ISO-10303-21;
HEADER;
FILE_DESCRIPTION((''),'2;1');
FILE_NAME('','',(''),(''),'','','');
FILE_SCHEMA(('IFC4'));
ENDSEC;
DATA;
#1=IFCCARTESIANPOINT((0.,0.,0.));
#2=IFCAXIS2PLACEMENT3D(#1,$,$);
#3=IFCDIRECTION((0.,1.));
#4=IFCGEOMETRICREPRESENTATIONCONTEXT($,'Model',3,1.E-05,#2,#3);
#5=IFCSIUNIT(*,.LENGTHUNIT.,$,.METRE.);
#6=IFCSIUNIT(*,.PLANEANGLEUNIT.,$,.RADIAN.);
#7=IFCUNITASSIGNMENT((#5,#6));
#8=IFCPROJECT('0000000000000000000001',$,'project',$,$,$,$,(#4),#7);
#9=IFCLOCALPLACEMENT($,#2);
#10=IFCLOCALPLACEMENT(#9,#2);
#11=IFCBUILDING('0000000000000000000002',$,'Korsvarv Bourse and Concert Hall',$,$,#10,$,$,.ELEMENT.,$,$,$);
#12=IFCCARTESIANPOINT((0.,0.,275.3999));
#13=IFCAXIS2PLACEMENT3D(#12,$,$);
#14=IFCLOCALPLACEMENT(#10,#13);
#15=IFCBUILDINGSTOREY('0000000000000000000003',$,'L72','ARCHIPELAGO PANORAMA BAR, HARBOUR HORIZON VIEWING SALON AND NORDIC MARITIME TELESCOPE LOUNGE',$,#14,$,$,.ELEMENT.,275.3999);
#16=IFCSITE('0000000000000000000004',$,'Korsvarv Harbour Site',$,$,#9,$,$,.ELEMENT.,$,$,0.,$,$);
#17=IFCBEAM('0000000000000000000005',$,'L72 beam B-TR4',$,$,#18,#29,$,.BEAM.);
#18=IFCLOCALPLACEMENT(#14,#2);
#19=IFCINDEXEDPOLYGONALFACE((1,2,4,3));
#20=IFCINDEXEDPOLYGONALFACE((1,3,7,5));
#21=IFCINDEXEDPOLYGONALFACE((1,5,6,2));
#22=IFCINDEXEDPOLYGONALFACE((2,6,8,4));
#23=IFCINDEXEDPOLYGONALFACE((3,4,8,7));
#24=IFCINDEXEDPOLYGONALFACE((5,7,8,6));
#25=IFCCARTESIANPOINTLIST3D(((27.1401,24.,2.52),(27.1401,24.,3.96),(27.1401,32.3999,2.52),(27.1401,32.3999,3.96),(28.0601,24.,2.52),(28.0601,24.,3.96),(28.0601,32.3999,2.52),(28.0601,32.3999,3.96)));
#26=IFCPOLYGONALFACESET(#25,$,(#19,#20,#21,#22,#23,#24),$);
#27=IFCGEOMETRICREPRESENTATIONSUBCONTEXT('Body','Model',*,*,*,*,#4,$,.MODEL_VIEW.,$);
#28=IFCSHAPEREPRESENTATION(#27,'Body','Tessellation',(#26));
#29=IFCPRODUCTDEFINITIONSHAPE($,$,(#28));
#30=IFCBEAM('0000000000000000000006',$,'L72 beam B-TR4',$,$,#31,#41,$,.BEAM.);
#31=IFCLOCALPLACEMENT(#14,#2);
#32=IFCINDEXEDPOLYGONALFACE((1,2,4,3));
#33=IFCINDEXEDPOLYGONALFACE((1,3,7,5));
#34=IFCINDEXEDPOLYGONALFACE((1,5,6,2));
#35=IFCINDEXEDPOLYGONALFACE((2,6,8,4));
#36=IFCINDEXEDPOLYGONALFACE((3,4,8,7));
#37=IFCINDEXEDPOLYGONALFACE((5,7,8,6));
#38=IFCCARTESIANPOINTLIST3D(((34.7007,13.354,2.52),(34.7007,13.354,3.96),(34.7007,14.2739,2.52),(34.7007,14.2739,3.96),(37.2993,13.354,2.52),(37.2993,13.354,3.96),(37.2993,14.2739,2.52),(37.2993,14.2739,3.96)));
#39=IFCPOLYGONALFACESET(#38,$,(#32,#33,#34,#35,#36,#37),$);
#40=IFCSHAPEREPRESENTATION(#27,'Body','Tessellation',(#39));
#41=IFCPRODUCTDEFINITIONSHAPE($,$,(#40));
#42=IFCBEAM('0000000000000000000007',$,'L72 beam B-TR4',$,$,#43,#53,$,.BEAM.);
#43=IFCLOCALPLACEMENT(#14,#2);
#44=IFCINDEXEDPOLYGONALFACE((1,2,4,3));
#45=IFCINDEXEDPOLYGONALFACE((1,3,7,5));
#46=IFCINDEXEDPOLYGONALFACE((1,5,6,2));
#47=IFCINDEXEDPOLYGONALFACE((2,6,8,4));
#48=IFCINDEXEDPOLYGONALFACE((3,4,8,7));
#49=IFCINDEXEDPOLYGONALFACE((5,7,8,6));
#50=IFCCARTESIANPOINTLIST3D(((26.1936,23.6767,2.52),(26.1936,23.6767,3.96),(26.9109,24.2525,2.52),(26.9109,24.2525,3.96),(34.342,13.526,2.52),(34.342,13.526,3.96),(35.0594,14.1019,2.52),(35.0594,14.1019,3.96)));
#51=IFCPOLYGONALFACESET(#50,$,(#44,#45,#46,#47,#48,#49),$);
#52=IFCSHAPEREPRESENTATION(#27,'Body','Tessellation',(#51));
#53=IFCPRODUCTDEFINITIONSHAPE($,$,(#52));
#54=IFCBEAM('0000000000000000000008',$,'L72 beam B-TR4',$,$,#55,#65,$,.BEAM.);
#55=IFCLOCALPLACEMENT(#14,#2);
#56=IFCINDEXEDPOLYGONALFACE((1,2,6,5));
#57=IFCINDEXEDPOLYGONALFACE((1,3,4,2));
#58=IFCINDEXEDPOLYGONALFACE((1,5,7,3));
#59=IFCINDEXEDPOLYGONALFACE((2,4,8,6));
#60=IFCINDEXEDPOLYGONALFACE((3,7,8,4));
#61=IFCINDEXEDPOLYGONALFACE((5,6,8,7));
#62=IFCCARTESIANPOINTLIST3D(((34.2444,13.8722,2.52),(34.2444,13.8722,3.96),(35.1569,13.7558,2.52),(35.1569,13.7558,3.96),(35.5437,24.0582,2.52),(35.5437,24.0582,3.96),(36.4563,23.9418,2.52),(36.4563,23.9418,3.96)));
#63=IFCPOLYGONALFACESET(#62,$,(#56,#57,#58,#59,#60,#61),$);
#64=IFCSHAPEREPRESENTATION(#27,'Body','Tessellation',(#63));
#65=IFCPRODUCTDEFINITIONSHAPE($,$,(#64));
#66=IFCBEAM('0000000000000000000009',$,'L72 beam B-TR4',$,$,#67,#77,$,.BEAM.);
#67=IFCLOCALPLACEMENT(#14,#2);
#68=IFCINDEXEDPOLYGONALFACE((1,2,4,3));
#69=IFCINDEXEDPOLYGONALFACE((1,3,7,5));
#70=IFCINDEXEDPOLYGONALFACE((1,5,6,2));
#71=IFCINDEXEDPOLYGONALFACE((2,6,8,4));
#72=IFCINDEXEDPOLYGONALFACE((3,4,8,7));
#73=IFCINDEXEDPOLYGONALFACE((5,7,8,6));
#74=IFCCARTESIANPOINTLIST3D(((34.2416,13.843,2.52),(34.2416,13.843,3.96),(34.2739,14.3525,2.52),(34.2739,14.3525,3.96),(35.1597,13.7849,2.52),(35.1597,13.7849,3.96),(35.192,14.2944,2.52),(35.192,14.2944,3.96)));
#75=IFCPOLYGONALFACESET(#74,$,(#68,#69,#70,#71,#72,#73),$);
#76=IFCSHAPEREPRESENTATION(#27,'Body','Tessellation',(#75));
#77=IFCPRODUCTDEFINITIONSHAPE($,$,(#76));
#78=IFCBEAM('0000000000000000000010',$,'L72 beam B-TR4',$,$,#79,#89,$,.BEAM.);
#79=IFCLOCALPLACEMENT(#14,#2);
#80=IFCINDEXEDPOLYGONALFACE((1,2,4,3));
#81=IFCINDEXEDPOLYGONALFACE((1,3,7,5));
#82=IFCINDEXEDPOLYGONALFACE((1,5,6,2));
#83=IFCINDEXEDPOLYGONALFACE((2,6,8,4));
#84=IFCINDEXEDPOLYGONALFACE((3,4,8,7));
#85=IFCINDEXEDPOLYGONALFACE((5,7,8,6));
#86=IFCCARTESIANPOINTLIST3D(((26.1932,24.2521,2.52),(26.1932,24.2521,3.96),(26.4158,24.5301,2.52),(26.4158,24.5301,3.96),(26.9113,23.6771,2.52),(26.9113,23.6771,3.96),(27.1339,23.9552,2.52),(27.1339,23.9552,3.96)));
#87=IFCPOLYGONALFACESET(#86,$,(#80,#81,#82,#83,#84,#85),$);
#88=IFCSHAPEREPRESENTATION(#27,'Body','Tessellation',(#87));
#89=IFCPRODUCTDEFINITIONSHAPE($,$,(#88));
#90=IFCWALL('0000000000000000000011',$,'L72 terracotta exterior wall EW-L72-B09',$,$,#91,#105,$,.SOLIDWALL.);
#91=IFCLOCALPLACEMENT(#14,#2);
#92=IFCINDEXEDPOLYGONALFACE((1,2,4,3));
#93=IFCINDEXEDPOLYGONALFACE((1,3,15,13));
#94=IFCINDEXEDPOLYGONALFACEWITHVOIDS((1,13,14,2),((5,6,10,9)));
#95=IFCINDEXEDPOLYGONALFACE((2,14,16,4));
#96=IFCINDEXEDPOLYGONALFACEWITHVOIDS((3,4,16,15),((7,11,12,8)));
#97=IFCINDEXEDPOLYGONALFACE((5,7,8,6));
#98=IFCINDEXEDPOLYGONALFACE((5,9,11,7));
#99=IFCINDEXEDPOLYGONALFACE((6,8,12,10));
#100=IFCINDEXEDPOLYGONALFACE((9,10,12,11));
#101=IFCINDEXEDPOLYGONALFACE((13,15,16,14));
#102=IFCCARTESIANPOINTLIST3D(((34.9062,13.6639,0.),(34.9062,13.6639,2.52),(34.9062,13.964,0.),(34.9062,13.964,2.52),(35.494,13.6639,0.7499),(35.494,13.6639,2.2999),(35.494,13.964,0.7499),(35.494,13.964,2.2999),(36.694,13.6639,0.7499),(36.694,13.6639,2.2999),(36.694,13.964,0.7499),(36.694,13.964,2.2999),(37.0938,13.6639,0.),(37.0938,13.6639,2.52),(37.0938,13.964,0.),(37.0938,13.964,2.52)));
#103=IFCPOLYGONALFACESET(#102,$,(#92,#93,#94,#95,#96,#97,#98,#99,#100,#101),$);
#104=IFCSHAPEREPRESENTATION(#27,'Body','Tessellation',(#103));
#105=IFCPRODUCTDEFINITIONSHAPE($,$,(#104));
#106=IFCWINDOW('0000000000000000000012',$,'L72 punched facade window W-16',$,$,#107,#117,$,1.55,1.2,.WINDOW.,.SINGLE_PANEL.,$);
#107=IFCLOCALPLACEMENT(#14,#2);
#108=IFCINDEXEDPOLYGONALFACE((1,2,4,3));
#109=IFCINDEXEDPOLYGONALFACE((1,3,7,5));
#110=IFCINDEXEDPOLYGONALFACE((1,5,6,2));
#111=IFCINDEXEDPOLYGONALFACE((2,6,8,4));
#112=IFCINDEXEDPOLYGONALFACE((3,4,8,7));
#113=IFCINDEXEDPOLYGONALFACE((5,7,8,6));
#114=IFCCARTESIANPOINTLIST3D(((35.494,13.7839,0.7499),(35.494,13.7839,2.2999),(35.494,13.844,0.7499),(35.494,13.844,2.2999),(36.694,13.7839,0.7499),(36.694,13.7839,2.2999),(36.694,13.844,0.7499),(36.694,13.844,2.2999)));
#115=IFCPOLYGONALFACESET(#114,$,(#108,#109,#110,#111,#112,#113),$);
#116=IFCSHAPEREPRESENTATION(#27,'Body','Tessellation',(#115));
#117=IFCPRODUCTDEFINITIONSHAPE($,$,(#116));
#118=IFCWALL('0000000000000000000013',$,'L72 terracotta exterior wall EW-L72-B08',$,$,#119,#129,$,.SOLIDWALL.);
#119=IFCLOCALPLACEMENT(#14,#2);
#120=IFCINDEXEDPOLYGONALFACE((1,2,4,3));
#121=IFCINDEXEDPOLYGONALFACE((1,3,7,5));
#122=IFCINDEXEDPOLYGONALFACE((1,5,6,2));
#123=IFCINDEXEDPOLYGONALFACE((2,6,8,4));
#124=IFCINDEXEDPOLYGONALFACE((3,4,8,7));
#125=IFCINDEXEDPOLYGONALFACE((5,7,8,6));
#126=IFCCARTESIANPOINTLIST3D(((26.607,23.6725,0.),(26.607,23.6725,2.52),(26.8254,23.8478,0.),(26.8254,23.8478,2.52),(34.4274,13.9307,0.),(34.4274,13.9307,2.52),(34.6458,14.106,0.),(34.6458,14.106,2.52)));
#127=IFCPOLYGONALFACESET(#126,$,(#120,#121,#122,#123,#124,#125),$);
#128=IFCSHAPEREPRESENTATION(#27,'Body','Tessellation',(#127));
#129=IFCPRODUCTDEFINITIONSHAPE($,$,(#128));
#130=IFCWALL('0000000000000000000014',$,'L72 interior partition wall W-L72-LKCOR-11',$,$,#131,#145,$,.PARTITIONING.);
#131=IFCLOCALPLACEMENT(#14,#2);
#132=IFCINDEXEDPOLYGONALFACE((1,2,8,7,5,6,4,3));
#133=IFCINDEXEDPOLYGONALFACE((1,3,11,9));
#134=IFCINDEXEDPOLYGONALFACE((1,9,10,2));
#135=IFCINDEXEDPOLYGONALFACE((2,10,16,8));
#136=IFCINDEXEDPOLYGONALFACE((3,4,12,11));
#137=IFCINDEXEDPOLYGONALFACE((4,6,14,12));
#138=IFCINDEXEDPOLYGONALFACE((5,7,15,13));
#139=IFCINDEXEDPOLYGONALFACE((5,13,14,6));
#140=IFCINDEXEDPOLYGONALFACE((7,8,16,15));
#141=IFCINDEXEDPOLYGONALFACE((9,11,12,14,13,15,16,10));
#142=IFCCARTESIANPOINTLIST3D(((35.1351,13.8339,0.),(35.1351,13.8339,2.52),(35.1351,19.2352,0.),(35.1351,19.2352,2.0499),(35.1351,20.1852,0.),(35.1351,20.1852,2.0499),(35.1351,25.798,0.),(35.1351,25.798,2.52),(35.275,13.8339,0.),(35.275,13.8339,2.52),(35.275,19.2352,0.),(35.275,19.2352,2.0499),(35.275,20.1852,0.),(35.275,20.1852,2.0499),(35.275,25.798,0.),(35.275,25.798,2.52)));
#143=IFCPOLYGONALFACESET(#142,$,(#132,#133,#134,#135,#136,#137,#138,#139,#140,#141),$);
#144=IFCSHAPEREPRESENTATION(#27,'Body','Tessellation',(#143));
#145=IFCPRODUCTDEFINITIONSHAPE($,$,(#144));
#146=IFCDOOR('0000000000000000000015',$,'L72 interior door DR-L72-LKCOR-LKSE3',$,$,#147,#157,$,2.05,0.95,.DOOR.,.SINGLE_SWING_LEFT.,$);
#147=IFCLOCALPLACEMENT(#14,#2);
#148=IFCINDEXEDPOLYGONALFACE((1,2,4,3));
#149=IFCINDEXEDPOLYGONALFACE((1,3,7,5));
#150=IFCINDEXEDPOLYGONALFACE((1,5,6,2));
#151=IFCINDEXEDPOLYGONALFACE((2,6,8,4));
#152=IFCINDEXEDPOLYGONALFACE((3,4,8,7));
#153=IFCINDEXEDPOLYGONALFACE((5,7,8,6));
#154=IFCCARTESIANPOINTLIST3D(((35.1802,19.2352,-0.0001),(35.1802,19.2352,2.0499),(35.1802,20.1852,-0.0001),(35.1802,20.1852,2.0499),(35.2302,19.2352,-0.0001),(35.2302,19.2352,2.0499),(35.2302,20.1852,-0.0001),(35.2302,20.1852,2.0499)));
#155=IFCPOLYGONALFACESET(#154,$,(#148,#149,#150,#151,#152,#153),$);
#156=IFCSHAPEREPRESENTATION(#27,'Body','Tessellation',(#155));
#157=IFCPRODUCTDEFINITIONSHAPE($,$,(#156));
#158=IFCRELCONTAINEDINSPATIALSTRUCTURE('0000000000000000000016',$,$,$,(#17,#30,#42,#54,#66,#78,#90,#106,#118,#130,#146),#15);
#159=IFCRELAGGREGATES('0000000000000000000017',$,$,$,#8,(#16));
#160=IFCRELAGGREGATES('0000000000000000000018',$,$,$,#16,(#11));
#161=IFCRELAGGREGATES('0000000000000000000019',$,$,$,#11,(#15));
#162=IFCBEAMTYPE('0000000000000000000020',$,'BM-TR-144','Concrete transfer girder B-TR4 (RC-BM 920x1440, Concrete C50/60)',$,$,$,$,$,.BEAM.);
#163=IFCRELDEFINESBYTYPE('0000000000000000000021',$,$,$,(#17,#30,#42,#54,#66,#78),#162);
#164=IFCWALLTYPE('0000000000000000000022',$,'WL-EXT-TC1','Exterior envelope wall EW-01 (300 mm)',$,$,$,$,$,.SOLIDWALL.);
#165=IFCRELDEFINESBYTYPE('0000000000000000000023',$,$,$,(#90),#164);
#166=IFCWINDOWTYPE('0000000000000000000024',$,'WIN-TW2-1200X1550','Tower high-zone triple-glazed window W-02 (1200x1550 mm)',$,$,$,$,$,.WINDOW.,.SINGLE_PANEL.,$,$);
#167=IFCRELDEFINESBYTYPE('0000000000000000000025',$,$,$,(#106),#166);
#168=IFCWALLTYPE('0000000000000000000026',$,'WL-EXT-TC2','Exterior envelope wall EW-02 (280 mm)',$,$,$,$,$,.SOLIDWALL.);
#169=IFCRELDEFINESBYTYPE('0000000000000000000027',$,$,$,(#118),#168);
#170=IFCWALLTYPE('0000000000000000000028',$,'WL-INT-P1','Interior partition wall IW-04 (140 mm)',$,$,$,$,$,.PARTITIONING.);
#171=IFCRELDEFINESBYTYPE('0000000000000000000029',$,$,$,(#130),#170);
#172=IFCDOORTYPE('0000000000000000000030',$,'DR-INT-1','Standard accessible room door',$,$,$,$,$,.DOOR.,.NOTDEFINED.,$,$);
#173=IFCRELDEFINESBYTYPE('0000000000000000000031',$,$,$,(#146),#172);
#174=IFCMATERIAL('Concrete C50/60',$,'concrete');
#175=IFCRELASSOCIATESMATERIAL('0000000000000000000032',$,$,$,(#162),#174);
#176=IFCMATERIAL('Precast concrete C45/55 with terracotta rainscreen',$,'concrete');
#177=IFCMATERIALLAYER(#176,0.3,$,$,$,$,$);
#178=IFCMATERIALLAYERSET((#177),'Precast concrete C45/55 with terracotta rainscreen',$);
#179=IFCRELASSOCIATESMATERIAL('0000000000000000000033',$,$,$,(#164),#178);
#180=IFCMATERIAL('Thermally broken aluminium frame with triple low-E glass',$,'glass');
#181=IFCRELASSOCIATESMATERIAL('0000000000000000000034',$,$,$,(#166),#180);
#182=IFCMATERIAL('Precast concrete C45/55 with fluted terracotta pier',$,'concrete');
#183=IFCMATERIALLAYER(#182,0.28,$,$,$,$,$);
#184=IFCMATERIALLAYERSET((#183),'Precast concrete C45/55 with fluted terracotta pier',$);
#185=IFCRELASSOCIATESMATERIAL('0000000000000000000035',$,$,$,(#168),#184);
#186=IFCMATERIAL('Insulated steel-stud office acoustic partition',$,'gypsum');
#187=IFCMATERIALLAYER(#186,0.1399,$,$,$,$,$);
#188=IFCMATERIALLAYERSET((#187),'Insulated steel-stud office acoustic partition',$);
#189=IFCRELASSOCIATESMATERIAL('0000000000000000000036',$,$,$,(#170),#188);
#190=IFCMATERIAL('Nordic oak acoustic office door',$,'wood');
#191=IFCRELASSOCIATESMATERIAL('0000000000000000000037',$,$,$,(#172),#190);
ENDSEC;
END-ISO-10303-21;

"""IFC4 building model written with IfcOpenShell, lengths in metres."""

from ifc_helpers import new_model, si_unit, direction, frame, frame_2d, origin, origin_2d, place, context, subcontext, project, spatial, rectangle, extrude, source, transform, mapped, material, layer, layer_set, material_profile, profile_set, type_object, element, fill, save


model = new_model("IFC4")

# Units and contexts
model_context = context("Model", 3, precision=1e-05, world=origin(), true_north=direction((0.0, 1.0)))
body_context = subcontext(model_context, "Body", "Model", "MODEL_VIEW")
ifc_project = project(units=[si_unit("LENGTHUNIT", "METRE"), si_unit("PLANEANGLEUNIT", "RADIAN")], contexts=[model_context])

# Site, building, storey
site_placement = place(None, origin())
site = spatial("IfcSite", under=ifc_project, at=site_placement, Name="Korsvarv Harbour Site", CompositionType="ELEMENT", RefElevation=0.0)
building_placement = place(site_placement, origin())
building = spatial("IfcBuilding", under=site, at=building_placement, Name="Korsvarv Bourse and Concert Hall", CompositionType="ELEMENT")
storey_placement = place(building_placement, frame((0.0, 0.0, 275.3999)))
storey = spatial("IfcBuildingStorey", under=building, at=storey_placement, Name="L72", Description="ARCHIPELAGO PANORAMA BAR, HARBOUR HORIZON VIEWING SALON AND NORDIC MARITIME TELESCOPE LOUNGE", CompositionType="ELEMENT", Elevation=275.3999)

# Beams
ifc_material_1 = material(Name="Concrete C50/60", Category="concrete")
ifc_material_profile_1 = material_profile(ifc_material_1, rectangle(XDim=0.9199, YDim=1.4399, at=origin_2d()), Name="RC-BM 920x1440")
ifc_profile_set_1 = profile_set([ifc_material_profile_1], Name="Concrete C50/60")
beam_type = type_object("IfcBeamType", Name="BM-TR-144", Description="Concrete transfer girder B-TR4 (RC-BM 920x1440, Concrete C50/60)", PredefinedType="BEAM", material=ifc_profile_set_1)
shared_shape_1 = source(origin(), body_context, "Body", "SweptSolid", [
    extrude(rectangle(XDim=0.9199, YDim=1.4399, at=origin_2d()), origin(), (0.0, 0.0, 1.0), 8.3999),
])
for number, where, z_axis, x_axis, name in (
    (1, (27.6001, 24.0, 3.24), (0.0, 1.0, 0.0), (-1.0, 0.0, 0.0), "L72 beam B-TR4"),
):
    element("IfcBeam", number, at=place(storey_placement, frame(where, z_axis=z_axis, x_axis=x_axis)), inside=storey, type_object=beam_type, Name=name, PredefinedType="BEAM", context=body_context, shape_type="MappedRepresentation", body=[
        mapped(shared_shape_1, transform((0.0, 0.0, 0.0), scale=1.0)),
    ])
shared_shape_2 = source(origin(), body_context, "Body", "SweptSolid", [
    extrude(rectangle(XDim=0.9199, YDim=1.4399, at=origin_2d()), origin(), (0.0, 0.0, 1.0), 2.5986),
])
beam_1_placement = place(storey_placement, frame((34.7007, 13.814, 3.24), z_axis=(1.0, 0.0, 0.0), x_axis=(0.0, 1.0, 0.0)))
element("IfcBeam", 2, at=beam_1_placement, inside=storey, type_object=beam_type, Name="L72 beam B-TR4", PredefinedType="BEAM", context=body_context, shape_type="MappedRepresentation", body=[
    mapped(shared_shape_2, transform((0.0, 0.0, 0.0), scale=1.0)),
])
shared_shape_3 = source(origin(), body_context, "Body", "SweptSolid", [
    extrude(rectangle(XDim=0.9199, YDim=1.4399, at=origin_2d()), origin(), (0.0, 0.0, 1.0), 13.0166),
])
beam_2_placement = place(storey_placement, frame((26.5522, 23.9646, 3.24), z_axis=(0.626003, -0.779821, 0.0), x_axis=(0.779821, 0.626003, 0.0)))
element("IfcBeam", 3, at=beam_2_placement, inside=storey, type_object=beam_type, Name="L72 beam B-TR4", PredefinedType="BEAM", context=body_context, shape_type="MappedRepresentation", body=[
    mapped(shared_shape_3, transform((0.0, 0.0, 0.0), scale=1.0)),
])
shared_shape_4 = source(origin(), body_context, "Body", "SweptSolid", [
    extrude(rectangle(XDim=0.9199, YDim=1.4399, at=origin_2d()), origin(), (0.0, 0.0, 1.0), 10.2686),
])
beam_3_placement = place(storey_placement, frame((34.7007, 13.814, 3.24), z_axis=(0.126533, 0.991962, 0.0), x_axis=(-0.991962, 0.126533, 0.0)))
element("IfcBeam", 4, at=beam_3_placement, inside=storey, type_object=beam_type, Name="L72 beam B-TR4", PredefinedType="BEAM", context=body_context, shape_type="MappedRepresentation", body=[
    mapped(shared_shape_4, transform((0.0, 0.0, 0.0), scale=1.0)),
])
shared_shape_5 = source(origin(), body_context, "Body", "SweptSolid", [
    extrude(rectangle(XDim=0.9199, YDim=1.4399, at=origin_2d()), origin(), (0.0, 0.0, 1.0), 0.5105),
])
beam_4_placement = place(storey_placement, frame((34.7007, 13.814, 3.24), z_axis=(0.063123, 0.998006, 0.0), x_axis=(-0.998006, 0.063123, 0.0)))
element("IfcBeam", 5, at=beam_4_placement, inside=storey, type_object=beam_type, Name="L72 beam B-TR4", PredefinedType="BEAM", context=body_context, shape_type="MappedRepresentation", body=[
    mapped(shared_shape_5, transform((0.0, 0.0, 0.0), scale=1.0)),
])
shared_shape_6 = source(origin(), body_context, "Body", "SweptSolid", [
    extrude(rectangle(XDim=0.9199, YDim=1.4399, at=origin_2d()), origin(), (0.0, 0.0, 1.0), 0.3562),
])
beam_5_placement = place(storey_placement, frame((26.5522, 23.9646, 3.24), z_axis=(0.625029, 0.780601, 0.0), x_axis=(-0.780601, 0.625029, 0.0)))
element("IfcBeam", 6, at=beam_5_placement, inside=storey, type_object=beam_type, Name="L72 beam B-TR4", PredefinedType="BEAM", context=body_context, shape_type="MappedRepresentation", body=[
    mapped(shared_shape_6, transform((0.0, 0.0, 0.0), scale=1.0)),
])

# Wall, opening, window
ifc_material_2 = material(Name="Precast concrete C45/55 with terracotta rainscreen", Category="concrete")
ifc_layer_1 = layer(ifc_material_2, 0.3)
ifc_layer_set_1 = layer_set([ifc_layer_1], Name="Precast concrete C45/55 with terracotta rainscreen")
wall_type_1 = type_object("IfcWallType", Name="WL-EXT-TC1", Description="Exterior envelope wall EW-01 (300 mm)", PredefinedType="SOLIDWALL", material=ifc_layer_set_1)
wall_1_placement = place(storey_placement, frame((34.9062, 13.814, 0.0), z_axis=(0.0, 0.0, 1.0), x_axis=(1.0, 0.0, 0.0)))
wall_1 = element("IfcWall", 7, at=wall_1_placement, inside=storey, type_object=wall_type_1, Name="L72 terracotta exterior wall EW-L72-B09", PredefinedType="SOLIDWALL", context=body_context, shape_type="SweptSolid", body=[
    extrude(rectangle(XDim=2.1875, YDim=0.3, at=frame_2d((1.0938, 0.0))), origin(), (0.0, 0.0, 1.0), 2.52),
])
opening_1_placement = place(wall_1_placement, frame((0.5876, 0.0, 0.75)))
opening_1 = element("IfcOpeningElement", 8, at=opening_1_placement, cuts=wall_1, PredefinedType="OPENING", context=body_context, shape_type="SweptSolid", body=[
    extrude(rectangle(XDim=1.2, YDim=1.55, at=frame_2d((0.6001, 0.7749))), frame((0.0, 0.1602, 0.0), z_axis=(0.0, -1.0, 0.0), x_axis=(1.0, 0.0, 0.0)), (0.0, 0.0, 1.0), 0.3201),
])
ifc_material_3 = material(Name="Thermally broken aluminium frame with triple low-E glass", Category="glass")
window_type = type_object("IfcWindowType", Name="WIN-TW2-1200X1550", Description="Tower high-zone triple-glazed window W-02 (1200x1550 mm)", PartitioningType="SINGLE_PANEL", PredefinedType="WINDOW", material=ifc_material_3)
window_placement = place(opening_1_placement, origin())
window = element("IfcWindow", 9, at=window_placement, inside=storey, type_object=window_type, Name="L72 punched facade window W-16", OverallHeight=1.55, OverallWidth=1.2, PartitioningType="SINGLE_PANEL", PredefinedType="WINDOW", context=body_context, shape_type="SweptSolid", body=[
    extrude(rectangle(XDim=1.2, YDim=1.55, at=frame_2d((0.6001, 0.7749))), frame((0.0, 0.03, 0.0), z_axis=(0.0, -1.0, 0.0), x_axis=(1.0, 0.0, 0.0)), (0.0, 0.0, 1.0), 0.0601),
])
fill(opening_1, window)

# Wall
ifc_material_4 = material(Name="Precast concrete C45/55 with fluted terracotta pier", Category="concrete")
ifc_layer_2 = layer(ifc_material_4, 0.28)
ifc_layer_set_2 = layer_set([ifc_layer_2], Name="Precast concrete C45/55 with fluted terracotta pier")
wall_type_2 = type_object("IfcWallType", Name="WL-EXT-TC2", Description="Exterior envelope wall EW-02 (280 mm)", PredefinedType="SOLIDWALL", material=ifc_layer_set_2)
wall_2_placement = place(storey_placement, frame((26.7163, 23.76, 0.0), z_axis=(0.0, 0.0, 1.0), x_axis=(0.62601, -0.779815, 0.0)))
element("IfcWall", 10, at=wall_2_placement, inside=storey, type_object=wall_type_2, Name="L72 terracotta exterior wall EW-L72-B08", PredefinedType="SOLIDWALL", context=body_context, shape_type="SweptSolid", body=[
    extrude(rectangle(XDim=12.4924, YDim=0.28, at=frame_2d((6.2461, 0.0))), origin(), (0.0, 0.0, 1.0), 2.52),
])

# Wall, opening, door
ifc_material_5 = material(Name="Insulated steel-stud office acoustic partition", Category="gypsum")
ifc_layer_3 = layer(ifc_material_5, 0.1399)
ifc_layer_set_3 = layer_set([ifc_layer_3], Name="Insulated steel-stud office acoustic partition")
wall_type_3 = type_object("IfcWallType", Name="WL-INT-P1", Description="Interior partition wall IW-04 (140 mm)", PredefinedType="PARTITIONING", material=ifc_layer_set_3)
wall_3_placement = place(storey_placement, frame((35.2051, 13.834, 0.0), z_axis=(0.0, 0.0, 1.0), x_axis=(0.0, 1.0, 0.0)))
wall_3 = element("IfcWall", 11, at=wall_3_placement, inside=storey, type_object=wall_type_3, Name="L72 interior partition wall W-L72-LKCOR-11", PredefinedType="PARTITIONING", context=body_context, shape_type="SweptSolid", body=[
    extrude(rectangle(XDim=11.9641, YDim=0.1399, at=frame_2d((5.9819, 0.0))), origin(), (0.0, 0.0, 1.0), 2.52),
])
opening_2_placement = place(wall_3_placement, frame((5.4011, 0.0, 0.0)))
opening_2 = element("IfcOpeningElement", 12, at=opening_2_placement, cuts=wall_3, PredefinedType="OPENING", context=body_context, shape_type="SweptSolid", body=[
    extrude(rectangle(XDim=0.95, YDim=2.05, at=frame_2d((0.4751, 1.0249))), frame((0.0, 0.0801, 0.0), z_axis=(0.0, -1.0, 0.0), x_axis=(1.0, 0.0, 0.0)), (0.0, 0.0, 1.0), 0.1599),
])
ifc_material_6 = material(Name="Nordic oak acoustic office door", Category="wood")
door_type = type_object("IfcDoorType", Name="DR-INT-1", Description="Standard accessible room door", OperationType="NOTDEFINED", PredefinedType="DOOR", material=ifc_material_6)
door_placement = place(opening_2_placement, origin())
door = element("IfcDoor", 13, at=door_placement, inside=storey, type_object=door_type, Name="L72 interior door DR-L72-LKCOR-LKSE3", OperationType="SINGLE_SWING_LEFT", OverallHeight=2.05, OverallWidth=0.95, PredefinedType="DOOR", context=body_context, shape_type="SweptSolid", body=[
    extrude(rectangle(XDim=0.95, YDim=2.05, at=frame_2d((0.4751, 1.0249))), frame((0.0, 0.0249, 0.0), z_axis=(0.0, -1.0, 0.0), x_axis=(1.0, 0.0, 0.0)), (0.0, 0.0, 1.0), 0.05),
])
fill(opening_2, door)

save(model, "model.ifc")
